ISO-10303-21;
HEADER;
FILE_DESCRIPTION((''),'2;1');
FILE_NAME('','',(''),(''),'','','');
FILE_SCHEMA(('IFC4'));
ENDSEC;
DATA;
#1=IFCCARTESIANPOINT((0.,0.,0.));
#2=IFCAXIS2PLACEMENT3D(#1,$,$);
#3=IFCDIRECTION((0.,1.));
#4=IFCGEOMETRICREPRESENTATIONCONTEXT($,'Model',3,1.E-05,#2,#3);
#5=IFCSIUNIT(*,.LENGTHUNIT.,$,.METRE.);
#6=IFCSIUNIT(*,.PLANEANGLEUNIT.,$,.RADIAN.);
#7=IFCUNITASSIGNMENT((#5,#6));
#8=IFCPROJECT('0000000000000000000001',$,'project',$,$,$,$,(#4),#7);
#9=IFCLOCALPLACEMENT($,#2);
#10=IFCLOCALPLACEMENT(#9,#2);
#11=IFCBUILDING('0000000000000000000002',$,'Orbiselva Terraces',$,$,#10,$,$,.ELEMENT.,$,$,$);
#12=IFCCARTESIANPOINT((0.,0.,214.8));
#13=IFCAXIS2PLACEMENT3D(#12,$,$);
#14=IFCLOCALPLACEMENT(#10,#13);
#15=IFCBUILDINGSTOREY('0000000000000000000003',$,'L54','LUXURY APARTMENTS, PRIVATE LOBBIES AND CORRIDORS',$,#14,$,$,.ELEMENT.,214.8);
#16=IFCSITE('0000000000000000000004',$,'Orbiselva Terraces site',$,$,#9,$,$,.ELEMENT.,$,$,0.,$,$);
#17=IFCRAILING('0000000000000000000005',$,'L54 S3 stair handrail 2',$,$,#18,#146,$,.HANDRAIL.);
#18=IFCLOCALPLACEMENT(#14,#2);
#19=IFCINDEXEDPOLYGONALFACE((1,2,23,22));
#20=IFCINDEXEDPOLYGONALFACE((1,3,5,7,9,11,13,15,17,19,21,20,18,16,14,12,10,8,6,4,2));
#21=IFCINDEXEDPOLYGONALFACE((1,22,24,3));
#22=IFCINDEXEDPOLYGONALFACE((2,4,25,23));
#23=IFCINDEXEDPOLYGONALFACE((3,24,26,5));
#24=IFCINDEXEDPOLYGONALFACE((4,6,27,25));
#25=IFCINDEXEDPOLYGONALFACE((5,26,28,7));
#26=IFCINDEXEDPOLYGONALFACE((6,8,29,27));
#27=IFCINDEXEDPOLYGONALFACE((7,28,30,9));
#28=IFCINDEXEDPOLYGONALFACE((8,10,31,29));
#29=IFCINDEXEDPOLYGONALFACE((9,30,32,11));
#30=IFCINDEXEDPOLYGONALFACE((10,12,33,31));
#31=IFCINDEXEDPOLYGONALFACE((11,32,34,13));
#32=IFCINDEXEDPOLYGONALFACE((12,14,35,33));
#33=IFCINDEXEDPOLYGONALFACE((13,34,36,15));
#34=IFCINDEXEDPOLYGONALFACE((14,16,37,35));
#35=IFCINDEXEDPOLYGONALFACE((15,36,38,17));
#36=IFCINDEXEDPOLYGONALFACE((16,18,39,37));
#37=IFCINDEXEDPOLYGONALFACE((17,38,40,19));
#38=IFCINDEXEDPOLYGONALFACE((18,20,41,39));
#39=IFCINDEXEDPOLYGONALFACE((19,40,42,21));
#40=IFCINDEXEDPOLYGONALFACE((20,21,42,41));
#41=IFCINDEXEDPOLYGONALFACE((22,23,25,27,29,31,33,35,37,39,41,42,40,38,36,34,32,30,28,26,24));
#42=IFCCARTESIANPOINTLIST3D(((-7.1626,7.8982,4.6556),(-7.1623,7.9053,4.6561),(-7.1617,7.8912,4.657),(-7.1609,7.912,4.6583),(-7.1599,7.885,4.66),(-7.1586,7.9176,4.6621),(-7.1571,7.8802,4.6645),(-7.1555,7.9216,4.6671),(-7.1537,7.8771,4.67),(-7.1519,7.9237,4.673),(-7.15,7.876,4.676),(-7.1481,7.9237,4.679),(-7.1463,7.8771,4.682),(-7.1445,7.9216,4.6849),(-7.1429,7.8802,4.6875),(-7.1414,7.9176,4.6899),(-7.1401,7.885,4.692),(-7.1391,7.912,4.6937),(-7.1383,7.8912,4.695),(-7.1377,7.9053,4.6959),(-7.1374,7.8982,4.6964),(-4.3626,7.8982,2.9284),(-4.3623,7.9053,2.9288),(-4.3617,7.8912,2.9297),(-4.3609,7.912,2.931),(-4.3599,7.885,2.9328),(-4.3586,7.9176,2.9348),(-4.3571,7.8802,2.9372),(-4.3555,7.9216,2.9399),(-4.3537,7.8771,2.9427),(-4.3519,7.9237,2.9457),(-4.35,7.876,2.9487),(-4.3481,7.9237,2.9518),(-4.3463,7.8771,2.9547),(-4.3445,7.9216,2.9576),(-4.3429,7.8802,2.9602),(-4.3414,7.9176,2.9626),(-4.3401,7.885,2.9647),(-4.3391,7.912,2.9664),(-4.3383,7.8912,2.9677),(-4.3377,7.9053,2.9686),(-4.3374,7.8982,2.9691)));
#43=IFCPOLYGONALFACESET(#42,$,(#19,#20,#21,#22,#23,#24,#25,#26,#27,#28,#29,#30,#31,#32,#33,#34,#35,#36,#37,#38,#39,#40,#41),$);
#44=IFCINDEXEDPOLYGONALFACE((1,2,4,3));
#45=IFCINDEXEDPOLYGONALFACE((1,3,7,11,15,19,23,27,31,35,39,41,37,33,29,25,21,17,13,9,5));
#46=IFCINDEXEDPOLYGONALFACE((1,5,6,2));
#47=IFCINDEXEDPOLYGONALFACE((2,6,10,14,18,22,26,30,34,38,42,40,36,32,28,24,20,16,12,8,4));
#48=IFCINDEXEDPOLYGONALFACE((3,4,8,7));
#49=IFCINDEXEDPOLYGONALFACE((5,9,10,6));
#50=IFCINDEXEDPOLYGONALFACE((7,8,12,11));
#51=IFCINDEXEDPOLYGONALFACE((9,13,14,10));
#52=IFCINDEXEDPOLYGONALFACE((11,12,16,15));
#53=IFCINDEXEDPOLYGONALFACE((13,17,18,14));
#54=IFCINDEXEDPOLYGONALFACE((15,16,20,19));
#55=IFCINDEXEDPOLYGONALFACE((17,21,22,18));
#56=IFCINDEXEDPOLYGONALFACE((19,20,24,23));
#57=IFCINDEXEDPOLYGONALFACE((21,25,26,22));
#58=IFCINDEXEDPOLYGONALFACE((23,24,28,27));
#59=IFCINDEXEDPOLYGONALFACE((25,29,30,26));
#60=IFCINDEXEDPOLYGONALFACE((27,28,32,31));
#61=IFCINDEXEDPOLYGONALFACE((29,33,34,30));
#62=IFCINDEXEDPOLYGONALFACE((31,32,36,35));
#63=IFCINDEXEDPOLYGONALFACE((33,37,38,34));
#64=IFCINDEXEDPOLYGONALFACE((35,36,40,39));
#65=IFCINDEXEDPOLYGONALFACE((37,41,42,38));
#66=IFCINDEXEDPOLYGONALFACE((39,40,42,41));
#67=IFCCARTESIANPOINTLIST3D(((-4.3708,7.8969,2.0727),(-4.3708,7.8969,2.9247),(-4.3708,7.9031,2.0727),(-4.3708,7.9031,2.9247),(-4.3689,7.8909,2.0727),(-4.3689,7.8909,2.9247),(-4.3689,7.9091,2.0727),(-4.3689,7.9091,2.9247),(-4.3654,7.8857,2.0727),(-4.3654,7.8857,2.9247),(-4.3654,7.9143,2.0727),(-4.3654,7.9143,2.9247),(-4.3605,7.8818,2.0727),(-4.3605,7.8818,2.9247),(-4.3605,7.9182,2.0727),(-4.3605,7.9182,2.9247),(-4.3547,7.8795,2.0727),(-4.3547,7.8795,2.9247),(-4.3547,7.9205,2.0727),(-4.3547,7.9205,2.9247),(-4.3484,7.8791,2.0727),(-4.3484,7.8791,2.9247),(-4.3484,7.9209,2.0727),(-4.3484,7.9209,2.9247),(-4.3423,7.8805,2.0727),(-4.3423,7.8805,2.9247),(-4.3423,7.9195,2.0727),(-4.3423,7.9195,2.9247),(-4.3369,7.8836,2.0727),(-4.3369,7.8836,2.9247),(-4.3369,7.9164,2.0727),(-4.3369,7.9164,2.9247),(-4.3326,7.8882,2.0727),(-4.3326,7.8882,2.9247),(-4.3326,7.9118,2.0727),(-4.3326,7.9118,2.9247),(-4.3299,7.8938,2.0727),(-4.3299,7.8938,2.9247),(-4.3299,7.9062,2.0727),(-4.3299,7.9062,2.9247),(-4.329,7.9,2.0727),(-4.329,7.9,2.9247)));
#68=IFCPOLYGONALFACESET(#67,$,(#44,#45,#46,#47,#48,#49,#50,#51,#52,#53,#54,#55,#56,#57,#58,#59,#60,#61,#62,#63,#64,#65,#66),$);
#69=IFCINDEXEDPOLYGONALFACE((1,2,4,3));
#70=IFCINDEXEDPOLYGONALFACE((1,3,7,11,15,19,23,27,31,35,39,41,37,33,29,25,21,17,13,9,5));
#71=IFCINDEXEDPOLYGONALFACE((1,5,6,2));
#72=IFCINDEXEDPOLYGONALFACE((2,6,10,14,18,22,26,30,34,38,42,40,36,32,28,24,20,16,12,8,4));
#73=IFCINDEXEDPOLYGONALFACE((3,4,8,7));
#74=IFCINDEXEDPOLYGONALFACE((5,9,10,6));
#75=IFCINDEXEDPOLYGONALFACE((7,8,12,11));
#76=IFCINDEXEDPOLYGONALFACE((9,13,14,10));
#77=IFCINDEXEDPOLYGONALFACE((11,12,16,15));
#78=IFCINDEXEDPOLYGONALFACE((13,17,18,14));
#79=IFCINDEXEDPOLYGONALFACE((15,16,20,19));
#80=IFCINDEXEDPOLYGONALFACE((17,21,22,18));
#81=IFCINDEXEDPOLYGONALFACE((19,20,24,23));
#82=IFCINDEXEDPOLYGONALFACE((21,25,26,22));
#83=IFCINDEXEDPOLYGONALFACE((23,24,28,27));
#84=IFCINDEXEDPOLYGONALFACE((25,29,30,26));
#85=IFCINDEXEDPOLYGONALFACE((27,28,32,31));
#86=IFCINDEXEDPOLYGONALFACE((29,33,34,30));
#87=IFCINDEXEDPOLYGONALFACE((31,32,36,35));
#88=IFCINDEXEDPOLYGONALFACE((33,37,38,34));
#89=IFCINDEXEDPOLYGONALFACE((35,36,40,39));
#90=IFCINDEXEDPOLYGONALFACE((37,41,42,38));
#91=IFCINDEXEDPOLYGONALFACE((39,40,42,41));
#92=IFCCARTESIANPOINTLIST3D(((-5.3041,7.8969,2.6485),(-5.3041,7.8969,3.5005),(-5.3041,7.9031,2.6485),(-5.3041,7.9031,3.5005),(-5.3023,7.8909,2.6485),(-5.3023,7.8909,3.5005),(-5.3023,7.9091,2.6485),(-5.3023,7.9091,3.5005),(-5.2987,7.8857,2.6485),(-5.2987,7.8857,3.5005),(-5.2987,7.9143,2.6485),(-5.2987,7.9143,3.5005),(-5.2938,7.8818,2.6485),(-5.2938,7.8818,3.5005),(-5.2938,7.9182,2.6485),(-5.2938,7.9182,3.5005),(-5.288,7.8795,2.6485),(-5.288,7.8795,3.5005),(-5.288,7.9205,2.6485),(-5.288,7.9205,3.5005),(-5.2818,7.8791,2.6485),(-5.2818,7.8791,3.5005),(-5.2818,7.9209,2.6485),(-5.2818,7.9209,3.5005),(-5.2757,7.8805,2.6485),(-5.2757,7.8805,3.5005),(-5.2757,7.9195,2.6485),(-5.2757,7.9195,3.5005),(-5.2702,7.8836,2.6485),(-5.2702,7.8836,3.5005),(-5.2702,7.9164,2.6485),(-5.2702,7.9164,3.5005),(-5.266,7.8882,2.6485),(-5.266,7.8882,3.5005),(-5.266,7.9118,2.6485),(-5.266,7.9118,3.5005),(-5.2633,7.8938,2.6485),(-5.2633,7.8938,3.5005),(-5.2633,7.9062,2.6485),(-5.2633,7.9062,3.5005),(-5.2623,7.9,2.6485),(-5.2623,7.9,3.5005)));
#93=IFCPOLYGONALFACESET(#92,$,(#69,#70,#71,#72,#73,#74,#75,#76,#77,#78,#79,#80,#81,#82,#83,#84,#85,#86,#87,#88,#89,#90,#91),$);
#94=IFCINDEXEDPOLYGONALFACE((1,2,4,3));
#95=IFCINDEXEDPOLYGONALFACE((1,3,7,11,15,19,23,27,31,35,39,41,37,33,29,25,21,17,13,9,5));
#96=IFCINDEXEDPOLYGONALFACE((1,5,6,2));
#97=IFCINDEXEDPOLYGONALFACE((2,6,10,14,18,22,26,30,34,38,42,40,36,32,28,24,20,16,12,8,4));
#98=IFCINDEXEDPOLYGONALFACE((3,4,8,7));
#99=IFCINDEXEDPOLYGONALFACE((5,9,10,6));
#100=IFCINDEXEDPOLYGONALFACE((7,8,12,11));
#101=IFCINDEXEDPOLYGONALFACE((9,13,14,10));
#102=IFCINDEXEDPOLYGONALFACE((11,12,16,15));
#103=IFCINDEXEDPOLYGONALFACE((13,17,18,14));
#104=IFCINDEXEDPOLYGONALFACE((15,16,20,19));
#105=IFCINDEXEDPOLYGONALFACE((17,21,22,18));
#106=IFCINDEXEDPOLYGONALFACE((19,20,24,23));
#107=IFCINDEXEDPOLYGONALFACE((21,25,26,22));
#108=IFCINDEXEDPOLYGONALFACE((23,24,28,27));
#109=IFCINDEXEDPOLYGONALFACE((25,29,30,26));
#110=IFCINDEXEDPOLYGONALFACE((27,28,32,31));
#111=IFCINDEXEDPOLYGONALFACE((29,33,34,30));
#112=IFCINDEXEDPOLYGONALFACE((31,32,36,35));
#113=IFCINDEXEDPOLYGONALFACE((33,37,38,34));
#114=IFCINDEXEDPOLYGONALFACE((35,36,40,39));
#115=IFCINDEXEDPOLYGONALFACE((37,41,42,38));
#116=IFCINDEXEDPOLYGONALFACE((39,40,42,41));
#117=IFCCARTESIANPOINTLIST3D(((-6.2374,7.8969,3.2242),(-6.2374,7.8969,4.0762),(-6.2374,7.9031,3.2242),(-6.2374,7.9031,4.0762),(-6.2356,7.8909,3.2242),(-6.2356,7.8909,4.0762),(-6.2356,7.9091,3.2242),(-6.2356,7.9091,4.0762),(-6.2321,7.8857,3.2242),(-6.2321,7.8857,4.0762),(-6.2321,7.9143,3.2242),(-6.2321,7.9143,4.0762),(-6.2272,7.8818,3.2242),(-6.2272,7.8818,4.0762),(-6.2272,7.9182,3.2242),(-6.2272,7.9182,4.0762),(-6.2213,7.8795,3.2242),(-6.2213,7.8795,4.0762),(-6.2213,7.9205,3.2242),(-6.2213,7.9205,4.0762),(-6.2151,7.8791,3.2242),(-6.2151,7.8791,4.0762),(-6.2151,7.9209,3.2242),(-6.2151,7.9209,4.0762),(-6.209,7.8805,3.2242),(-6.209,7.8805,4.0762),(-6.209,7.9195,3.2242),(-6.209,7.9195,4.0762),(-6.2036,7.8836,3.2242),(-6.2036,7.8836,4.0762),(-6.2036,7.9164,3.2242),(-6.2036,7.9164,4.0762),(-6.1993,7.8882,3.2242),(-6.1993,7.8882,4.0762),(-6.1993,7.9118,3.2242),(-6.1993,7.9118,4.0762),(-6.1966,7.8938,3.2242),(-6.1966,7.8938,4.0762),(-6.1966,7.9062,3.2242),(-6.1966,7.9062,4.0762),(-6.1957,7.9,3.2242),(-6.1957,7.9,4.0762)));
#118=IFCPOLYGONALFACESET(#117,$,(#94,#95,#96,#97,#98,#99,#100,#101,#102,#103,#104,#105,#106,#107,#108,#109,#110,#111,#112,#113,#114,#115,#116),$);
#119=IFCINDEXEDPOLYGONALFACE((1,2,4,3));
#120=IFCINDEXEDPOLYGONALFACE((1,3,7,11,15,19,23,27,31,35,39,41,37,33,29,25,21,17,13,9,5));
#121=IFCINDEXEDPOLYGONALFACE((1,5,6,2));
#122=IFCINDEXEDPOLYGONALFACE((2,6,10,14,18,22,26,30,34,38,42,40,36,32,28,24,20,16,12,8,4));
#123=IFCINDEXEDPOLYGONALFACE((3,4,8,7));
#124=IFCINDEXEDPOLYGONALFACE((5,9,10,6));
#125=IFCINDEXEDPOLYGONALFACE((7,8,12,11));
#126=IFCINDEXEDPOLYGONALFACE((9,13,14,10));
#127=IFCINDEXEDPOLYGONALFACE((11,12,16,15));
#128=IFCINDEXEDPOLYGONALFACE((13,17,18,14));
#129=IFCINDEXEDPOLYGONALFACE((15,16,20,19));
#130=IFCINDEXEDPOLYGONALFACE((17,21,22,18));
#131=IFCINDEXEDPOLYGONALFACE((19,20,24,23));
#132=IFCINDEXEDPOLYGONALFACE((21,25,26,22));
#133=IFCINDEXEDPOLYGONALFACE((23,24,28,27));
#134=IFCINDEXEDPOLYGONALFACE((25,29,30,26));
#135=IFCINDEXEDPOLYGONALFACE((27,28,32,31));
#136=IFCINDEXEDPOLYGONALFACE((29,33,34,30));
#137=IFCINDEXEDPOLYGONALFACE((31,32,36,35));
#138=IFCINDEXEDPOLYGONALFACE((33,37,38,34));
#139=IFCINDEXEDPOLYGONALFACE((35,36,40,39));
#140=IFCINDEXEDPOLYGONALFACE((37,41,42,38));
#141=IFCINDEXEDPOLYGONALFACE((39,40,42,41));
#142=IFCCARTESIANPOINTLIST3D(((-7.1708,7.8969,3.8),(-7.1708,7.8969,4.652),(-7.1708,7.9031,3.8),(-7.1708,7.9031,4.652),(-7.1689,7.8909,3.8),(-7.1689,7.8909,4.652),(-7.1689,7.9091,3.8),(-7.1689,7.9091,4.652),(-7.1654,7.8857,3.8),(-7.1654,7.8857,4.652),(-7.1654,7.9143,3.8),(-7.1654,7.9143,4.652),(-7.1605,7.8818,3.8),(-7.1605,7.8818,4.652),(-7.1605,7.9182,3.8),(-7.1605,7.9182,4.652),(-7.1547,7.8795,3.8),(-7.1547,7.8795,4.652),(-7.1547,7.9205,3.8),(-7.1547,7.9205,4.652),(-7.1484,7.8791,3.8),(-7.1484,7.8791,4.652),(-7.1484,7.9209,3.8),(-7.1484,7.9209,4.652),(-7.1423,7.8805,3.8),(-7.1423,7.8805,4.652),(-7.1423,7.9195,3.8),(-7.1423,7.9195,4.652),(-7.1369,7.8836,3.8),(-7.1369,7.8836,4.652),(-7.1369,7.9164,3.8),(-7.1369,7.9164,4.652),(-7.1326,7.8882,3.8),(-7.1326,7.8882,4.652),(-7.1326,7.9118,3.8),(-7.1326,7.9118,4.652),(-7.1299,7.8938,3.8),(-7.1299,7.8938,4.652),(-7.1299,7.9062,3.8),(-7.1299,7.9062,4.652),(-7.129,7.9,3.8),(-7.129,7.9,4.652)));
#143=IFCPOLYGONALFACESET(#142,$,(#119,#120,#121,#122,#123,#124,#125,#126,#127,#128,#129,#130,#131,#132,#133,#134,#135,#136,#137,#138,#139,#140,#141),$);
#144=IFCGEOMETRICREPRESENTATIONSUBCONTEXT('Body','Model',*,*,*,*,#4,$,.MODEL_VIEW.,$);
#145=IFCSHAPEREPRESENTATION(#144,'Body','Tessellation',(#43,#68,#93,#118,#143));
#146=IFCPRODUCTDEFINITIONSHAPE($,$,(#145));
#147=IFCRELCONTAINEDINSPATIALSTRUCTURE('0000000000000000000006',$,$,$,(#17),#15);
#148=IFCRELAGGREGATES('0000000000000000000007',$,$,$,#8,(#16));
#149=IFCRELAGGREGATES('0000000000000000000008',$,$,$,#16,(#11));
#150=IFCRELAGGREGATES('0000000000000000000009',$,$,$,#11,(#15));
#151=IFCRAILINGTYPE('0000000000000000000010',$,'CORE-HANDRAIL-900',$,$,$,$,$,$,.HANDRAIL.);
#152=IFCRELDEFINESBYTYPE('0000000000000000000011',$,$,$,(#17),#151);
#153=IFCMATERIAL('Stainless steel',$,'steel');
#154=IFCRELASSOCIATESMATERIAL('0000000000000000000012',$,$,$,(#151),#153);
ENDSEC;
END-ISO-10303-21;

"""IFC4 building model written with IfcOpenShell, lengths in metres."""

from ifc_helpers import new_model, si_unit, direction, frame, origin, origin_2d, place, context, subcontext, project, spatial, circle, extrude, material, type_object, element, save


model = new_model("IFC4")

# Units and contexts
model_context = context("Model", 3, precision=1e-05, world=origin(), true_north=direction((0.0, 1.0)))
body_context = subcontext(model_context, "Body", "Model", "MODEL_VIEW")
ifc_project = project(units=[si_unit("LENGTHUNIT", "METRE"), si_unit("PLANEANGLEUNIT", "RADIAN")], contexts=[model_context])

# Site, building, storey
site_placement = place(None, origin())
site = spatial("IfcSite", under=ifc_project, at=site_placement, Name="Orbiselva Terraces site", CompositionType="ELEMENT", RefElevation=0.0)
building_placement = place(site_placement, origin())
building = spatial("IfcBuilding", under=site, at=building_placement, Name="Orbiselva Terraces", CompositionType="ELEMENT")
storey_placement = place(building_placement, frame((0.0, 0.0, 214.8)))
storey = spatial("IfcBuildingStorey", under=building, at=storey_placement, Name="L54", Description="LUXURY APARTMENTS, PRIVATE LOBBIES AND CORRIDORS", CompositionType="ELEMENT", Elevation=214.8)

# Railing
ifc_material_1 = material(Name="Stainless steel", Category="steel")
railing_type_1 = type_object("IfcRailingType", Name="CORE-HANDRAIL-900", PredefinedType="HANDRAIL", material=ifc_material_1)
railing_1_placement = place(storey_placement, frame((-4.35, 7.9, 2.0727)))
element("IfcRailing", 1, at=railing_1_placement, inside=storey, type_object=railing_type_1, Name="L54 S3 stair handrail 2", PredefinedType="HANDRAIL", context=body_context, shape_type="SweptSolid", body=[
    extrude(circle(Radius=0.024, at=origin_2d()), frame((0.0, 0.0, 0.876), z_axis=(-0.851089, 0.0, 0.525022), x_axis=(0.0, -1.0, 0.0)), (0.0, 0.0, 1.0), 3.2899),
    extrude(circle(Radius=0.021, at=origin_2d()), origin(), (0.0, 0.0, 1.0), 0.852),
    extrude(circle(Radius=0.021, at=origin_2d()), frame((-0.9333, 0.0, 0.5758)), (0.0, 0.0, 1.0), 0.852),
    extrude(circle(Radius=0.021, at=origin_2d()), frame((-1.8667, 0.0, 1.1515)), (0.0, 0.0, 1.0), 0.852),
    extrude(circle(Radius=0.021, at=origin_2d()), frame((-2.8, 0.0, 1.7273)), (0.0, 0.0, 1.0), 0.852),
])

save(model, "model.ifc")
